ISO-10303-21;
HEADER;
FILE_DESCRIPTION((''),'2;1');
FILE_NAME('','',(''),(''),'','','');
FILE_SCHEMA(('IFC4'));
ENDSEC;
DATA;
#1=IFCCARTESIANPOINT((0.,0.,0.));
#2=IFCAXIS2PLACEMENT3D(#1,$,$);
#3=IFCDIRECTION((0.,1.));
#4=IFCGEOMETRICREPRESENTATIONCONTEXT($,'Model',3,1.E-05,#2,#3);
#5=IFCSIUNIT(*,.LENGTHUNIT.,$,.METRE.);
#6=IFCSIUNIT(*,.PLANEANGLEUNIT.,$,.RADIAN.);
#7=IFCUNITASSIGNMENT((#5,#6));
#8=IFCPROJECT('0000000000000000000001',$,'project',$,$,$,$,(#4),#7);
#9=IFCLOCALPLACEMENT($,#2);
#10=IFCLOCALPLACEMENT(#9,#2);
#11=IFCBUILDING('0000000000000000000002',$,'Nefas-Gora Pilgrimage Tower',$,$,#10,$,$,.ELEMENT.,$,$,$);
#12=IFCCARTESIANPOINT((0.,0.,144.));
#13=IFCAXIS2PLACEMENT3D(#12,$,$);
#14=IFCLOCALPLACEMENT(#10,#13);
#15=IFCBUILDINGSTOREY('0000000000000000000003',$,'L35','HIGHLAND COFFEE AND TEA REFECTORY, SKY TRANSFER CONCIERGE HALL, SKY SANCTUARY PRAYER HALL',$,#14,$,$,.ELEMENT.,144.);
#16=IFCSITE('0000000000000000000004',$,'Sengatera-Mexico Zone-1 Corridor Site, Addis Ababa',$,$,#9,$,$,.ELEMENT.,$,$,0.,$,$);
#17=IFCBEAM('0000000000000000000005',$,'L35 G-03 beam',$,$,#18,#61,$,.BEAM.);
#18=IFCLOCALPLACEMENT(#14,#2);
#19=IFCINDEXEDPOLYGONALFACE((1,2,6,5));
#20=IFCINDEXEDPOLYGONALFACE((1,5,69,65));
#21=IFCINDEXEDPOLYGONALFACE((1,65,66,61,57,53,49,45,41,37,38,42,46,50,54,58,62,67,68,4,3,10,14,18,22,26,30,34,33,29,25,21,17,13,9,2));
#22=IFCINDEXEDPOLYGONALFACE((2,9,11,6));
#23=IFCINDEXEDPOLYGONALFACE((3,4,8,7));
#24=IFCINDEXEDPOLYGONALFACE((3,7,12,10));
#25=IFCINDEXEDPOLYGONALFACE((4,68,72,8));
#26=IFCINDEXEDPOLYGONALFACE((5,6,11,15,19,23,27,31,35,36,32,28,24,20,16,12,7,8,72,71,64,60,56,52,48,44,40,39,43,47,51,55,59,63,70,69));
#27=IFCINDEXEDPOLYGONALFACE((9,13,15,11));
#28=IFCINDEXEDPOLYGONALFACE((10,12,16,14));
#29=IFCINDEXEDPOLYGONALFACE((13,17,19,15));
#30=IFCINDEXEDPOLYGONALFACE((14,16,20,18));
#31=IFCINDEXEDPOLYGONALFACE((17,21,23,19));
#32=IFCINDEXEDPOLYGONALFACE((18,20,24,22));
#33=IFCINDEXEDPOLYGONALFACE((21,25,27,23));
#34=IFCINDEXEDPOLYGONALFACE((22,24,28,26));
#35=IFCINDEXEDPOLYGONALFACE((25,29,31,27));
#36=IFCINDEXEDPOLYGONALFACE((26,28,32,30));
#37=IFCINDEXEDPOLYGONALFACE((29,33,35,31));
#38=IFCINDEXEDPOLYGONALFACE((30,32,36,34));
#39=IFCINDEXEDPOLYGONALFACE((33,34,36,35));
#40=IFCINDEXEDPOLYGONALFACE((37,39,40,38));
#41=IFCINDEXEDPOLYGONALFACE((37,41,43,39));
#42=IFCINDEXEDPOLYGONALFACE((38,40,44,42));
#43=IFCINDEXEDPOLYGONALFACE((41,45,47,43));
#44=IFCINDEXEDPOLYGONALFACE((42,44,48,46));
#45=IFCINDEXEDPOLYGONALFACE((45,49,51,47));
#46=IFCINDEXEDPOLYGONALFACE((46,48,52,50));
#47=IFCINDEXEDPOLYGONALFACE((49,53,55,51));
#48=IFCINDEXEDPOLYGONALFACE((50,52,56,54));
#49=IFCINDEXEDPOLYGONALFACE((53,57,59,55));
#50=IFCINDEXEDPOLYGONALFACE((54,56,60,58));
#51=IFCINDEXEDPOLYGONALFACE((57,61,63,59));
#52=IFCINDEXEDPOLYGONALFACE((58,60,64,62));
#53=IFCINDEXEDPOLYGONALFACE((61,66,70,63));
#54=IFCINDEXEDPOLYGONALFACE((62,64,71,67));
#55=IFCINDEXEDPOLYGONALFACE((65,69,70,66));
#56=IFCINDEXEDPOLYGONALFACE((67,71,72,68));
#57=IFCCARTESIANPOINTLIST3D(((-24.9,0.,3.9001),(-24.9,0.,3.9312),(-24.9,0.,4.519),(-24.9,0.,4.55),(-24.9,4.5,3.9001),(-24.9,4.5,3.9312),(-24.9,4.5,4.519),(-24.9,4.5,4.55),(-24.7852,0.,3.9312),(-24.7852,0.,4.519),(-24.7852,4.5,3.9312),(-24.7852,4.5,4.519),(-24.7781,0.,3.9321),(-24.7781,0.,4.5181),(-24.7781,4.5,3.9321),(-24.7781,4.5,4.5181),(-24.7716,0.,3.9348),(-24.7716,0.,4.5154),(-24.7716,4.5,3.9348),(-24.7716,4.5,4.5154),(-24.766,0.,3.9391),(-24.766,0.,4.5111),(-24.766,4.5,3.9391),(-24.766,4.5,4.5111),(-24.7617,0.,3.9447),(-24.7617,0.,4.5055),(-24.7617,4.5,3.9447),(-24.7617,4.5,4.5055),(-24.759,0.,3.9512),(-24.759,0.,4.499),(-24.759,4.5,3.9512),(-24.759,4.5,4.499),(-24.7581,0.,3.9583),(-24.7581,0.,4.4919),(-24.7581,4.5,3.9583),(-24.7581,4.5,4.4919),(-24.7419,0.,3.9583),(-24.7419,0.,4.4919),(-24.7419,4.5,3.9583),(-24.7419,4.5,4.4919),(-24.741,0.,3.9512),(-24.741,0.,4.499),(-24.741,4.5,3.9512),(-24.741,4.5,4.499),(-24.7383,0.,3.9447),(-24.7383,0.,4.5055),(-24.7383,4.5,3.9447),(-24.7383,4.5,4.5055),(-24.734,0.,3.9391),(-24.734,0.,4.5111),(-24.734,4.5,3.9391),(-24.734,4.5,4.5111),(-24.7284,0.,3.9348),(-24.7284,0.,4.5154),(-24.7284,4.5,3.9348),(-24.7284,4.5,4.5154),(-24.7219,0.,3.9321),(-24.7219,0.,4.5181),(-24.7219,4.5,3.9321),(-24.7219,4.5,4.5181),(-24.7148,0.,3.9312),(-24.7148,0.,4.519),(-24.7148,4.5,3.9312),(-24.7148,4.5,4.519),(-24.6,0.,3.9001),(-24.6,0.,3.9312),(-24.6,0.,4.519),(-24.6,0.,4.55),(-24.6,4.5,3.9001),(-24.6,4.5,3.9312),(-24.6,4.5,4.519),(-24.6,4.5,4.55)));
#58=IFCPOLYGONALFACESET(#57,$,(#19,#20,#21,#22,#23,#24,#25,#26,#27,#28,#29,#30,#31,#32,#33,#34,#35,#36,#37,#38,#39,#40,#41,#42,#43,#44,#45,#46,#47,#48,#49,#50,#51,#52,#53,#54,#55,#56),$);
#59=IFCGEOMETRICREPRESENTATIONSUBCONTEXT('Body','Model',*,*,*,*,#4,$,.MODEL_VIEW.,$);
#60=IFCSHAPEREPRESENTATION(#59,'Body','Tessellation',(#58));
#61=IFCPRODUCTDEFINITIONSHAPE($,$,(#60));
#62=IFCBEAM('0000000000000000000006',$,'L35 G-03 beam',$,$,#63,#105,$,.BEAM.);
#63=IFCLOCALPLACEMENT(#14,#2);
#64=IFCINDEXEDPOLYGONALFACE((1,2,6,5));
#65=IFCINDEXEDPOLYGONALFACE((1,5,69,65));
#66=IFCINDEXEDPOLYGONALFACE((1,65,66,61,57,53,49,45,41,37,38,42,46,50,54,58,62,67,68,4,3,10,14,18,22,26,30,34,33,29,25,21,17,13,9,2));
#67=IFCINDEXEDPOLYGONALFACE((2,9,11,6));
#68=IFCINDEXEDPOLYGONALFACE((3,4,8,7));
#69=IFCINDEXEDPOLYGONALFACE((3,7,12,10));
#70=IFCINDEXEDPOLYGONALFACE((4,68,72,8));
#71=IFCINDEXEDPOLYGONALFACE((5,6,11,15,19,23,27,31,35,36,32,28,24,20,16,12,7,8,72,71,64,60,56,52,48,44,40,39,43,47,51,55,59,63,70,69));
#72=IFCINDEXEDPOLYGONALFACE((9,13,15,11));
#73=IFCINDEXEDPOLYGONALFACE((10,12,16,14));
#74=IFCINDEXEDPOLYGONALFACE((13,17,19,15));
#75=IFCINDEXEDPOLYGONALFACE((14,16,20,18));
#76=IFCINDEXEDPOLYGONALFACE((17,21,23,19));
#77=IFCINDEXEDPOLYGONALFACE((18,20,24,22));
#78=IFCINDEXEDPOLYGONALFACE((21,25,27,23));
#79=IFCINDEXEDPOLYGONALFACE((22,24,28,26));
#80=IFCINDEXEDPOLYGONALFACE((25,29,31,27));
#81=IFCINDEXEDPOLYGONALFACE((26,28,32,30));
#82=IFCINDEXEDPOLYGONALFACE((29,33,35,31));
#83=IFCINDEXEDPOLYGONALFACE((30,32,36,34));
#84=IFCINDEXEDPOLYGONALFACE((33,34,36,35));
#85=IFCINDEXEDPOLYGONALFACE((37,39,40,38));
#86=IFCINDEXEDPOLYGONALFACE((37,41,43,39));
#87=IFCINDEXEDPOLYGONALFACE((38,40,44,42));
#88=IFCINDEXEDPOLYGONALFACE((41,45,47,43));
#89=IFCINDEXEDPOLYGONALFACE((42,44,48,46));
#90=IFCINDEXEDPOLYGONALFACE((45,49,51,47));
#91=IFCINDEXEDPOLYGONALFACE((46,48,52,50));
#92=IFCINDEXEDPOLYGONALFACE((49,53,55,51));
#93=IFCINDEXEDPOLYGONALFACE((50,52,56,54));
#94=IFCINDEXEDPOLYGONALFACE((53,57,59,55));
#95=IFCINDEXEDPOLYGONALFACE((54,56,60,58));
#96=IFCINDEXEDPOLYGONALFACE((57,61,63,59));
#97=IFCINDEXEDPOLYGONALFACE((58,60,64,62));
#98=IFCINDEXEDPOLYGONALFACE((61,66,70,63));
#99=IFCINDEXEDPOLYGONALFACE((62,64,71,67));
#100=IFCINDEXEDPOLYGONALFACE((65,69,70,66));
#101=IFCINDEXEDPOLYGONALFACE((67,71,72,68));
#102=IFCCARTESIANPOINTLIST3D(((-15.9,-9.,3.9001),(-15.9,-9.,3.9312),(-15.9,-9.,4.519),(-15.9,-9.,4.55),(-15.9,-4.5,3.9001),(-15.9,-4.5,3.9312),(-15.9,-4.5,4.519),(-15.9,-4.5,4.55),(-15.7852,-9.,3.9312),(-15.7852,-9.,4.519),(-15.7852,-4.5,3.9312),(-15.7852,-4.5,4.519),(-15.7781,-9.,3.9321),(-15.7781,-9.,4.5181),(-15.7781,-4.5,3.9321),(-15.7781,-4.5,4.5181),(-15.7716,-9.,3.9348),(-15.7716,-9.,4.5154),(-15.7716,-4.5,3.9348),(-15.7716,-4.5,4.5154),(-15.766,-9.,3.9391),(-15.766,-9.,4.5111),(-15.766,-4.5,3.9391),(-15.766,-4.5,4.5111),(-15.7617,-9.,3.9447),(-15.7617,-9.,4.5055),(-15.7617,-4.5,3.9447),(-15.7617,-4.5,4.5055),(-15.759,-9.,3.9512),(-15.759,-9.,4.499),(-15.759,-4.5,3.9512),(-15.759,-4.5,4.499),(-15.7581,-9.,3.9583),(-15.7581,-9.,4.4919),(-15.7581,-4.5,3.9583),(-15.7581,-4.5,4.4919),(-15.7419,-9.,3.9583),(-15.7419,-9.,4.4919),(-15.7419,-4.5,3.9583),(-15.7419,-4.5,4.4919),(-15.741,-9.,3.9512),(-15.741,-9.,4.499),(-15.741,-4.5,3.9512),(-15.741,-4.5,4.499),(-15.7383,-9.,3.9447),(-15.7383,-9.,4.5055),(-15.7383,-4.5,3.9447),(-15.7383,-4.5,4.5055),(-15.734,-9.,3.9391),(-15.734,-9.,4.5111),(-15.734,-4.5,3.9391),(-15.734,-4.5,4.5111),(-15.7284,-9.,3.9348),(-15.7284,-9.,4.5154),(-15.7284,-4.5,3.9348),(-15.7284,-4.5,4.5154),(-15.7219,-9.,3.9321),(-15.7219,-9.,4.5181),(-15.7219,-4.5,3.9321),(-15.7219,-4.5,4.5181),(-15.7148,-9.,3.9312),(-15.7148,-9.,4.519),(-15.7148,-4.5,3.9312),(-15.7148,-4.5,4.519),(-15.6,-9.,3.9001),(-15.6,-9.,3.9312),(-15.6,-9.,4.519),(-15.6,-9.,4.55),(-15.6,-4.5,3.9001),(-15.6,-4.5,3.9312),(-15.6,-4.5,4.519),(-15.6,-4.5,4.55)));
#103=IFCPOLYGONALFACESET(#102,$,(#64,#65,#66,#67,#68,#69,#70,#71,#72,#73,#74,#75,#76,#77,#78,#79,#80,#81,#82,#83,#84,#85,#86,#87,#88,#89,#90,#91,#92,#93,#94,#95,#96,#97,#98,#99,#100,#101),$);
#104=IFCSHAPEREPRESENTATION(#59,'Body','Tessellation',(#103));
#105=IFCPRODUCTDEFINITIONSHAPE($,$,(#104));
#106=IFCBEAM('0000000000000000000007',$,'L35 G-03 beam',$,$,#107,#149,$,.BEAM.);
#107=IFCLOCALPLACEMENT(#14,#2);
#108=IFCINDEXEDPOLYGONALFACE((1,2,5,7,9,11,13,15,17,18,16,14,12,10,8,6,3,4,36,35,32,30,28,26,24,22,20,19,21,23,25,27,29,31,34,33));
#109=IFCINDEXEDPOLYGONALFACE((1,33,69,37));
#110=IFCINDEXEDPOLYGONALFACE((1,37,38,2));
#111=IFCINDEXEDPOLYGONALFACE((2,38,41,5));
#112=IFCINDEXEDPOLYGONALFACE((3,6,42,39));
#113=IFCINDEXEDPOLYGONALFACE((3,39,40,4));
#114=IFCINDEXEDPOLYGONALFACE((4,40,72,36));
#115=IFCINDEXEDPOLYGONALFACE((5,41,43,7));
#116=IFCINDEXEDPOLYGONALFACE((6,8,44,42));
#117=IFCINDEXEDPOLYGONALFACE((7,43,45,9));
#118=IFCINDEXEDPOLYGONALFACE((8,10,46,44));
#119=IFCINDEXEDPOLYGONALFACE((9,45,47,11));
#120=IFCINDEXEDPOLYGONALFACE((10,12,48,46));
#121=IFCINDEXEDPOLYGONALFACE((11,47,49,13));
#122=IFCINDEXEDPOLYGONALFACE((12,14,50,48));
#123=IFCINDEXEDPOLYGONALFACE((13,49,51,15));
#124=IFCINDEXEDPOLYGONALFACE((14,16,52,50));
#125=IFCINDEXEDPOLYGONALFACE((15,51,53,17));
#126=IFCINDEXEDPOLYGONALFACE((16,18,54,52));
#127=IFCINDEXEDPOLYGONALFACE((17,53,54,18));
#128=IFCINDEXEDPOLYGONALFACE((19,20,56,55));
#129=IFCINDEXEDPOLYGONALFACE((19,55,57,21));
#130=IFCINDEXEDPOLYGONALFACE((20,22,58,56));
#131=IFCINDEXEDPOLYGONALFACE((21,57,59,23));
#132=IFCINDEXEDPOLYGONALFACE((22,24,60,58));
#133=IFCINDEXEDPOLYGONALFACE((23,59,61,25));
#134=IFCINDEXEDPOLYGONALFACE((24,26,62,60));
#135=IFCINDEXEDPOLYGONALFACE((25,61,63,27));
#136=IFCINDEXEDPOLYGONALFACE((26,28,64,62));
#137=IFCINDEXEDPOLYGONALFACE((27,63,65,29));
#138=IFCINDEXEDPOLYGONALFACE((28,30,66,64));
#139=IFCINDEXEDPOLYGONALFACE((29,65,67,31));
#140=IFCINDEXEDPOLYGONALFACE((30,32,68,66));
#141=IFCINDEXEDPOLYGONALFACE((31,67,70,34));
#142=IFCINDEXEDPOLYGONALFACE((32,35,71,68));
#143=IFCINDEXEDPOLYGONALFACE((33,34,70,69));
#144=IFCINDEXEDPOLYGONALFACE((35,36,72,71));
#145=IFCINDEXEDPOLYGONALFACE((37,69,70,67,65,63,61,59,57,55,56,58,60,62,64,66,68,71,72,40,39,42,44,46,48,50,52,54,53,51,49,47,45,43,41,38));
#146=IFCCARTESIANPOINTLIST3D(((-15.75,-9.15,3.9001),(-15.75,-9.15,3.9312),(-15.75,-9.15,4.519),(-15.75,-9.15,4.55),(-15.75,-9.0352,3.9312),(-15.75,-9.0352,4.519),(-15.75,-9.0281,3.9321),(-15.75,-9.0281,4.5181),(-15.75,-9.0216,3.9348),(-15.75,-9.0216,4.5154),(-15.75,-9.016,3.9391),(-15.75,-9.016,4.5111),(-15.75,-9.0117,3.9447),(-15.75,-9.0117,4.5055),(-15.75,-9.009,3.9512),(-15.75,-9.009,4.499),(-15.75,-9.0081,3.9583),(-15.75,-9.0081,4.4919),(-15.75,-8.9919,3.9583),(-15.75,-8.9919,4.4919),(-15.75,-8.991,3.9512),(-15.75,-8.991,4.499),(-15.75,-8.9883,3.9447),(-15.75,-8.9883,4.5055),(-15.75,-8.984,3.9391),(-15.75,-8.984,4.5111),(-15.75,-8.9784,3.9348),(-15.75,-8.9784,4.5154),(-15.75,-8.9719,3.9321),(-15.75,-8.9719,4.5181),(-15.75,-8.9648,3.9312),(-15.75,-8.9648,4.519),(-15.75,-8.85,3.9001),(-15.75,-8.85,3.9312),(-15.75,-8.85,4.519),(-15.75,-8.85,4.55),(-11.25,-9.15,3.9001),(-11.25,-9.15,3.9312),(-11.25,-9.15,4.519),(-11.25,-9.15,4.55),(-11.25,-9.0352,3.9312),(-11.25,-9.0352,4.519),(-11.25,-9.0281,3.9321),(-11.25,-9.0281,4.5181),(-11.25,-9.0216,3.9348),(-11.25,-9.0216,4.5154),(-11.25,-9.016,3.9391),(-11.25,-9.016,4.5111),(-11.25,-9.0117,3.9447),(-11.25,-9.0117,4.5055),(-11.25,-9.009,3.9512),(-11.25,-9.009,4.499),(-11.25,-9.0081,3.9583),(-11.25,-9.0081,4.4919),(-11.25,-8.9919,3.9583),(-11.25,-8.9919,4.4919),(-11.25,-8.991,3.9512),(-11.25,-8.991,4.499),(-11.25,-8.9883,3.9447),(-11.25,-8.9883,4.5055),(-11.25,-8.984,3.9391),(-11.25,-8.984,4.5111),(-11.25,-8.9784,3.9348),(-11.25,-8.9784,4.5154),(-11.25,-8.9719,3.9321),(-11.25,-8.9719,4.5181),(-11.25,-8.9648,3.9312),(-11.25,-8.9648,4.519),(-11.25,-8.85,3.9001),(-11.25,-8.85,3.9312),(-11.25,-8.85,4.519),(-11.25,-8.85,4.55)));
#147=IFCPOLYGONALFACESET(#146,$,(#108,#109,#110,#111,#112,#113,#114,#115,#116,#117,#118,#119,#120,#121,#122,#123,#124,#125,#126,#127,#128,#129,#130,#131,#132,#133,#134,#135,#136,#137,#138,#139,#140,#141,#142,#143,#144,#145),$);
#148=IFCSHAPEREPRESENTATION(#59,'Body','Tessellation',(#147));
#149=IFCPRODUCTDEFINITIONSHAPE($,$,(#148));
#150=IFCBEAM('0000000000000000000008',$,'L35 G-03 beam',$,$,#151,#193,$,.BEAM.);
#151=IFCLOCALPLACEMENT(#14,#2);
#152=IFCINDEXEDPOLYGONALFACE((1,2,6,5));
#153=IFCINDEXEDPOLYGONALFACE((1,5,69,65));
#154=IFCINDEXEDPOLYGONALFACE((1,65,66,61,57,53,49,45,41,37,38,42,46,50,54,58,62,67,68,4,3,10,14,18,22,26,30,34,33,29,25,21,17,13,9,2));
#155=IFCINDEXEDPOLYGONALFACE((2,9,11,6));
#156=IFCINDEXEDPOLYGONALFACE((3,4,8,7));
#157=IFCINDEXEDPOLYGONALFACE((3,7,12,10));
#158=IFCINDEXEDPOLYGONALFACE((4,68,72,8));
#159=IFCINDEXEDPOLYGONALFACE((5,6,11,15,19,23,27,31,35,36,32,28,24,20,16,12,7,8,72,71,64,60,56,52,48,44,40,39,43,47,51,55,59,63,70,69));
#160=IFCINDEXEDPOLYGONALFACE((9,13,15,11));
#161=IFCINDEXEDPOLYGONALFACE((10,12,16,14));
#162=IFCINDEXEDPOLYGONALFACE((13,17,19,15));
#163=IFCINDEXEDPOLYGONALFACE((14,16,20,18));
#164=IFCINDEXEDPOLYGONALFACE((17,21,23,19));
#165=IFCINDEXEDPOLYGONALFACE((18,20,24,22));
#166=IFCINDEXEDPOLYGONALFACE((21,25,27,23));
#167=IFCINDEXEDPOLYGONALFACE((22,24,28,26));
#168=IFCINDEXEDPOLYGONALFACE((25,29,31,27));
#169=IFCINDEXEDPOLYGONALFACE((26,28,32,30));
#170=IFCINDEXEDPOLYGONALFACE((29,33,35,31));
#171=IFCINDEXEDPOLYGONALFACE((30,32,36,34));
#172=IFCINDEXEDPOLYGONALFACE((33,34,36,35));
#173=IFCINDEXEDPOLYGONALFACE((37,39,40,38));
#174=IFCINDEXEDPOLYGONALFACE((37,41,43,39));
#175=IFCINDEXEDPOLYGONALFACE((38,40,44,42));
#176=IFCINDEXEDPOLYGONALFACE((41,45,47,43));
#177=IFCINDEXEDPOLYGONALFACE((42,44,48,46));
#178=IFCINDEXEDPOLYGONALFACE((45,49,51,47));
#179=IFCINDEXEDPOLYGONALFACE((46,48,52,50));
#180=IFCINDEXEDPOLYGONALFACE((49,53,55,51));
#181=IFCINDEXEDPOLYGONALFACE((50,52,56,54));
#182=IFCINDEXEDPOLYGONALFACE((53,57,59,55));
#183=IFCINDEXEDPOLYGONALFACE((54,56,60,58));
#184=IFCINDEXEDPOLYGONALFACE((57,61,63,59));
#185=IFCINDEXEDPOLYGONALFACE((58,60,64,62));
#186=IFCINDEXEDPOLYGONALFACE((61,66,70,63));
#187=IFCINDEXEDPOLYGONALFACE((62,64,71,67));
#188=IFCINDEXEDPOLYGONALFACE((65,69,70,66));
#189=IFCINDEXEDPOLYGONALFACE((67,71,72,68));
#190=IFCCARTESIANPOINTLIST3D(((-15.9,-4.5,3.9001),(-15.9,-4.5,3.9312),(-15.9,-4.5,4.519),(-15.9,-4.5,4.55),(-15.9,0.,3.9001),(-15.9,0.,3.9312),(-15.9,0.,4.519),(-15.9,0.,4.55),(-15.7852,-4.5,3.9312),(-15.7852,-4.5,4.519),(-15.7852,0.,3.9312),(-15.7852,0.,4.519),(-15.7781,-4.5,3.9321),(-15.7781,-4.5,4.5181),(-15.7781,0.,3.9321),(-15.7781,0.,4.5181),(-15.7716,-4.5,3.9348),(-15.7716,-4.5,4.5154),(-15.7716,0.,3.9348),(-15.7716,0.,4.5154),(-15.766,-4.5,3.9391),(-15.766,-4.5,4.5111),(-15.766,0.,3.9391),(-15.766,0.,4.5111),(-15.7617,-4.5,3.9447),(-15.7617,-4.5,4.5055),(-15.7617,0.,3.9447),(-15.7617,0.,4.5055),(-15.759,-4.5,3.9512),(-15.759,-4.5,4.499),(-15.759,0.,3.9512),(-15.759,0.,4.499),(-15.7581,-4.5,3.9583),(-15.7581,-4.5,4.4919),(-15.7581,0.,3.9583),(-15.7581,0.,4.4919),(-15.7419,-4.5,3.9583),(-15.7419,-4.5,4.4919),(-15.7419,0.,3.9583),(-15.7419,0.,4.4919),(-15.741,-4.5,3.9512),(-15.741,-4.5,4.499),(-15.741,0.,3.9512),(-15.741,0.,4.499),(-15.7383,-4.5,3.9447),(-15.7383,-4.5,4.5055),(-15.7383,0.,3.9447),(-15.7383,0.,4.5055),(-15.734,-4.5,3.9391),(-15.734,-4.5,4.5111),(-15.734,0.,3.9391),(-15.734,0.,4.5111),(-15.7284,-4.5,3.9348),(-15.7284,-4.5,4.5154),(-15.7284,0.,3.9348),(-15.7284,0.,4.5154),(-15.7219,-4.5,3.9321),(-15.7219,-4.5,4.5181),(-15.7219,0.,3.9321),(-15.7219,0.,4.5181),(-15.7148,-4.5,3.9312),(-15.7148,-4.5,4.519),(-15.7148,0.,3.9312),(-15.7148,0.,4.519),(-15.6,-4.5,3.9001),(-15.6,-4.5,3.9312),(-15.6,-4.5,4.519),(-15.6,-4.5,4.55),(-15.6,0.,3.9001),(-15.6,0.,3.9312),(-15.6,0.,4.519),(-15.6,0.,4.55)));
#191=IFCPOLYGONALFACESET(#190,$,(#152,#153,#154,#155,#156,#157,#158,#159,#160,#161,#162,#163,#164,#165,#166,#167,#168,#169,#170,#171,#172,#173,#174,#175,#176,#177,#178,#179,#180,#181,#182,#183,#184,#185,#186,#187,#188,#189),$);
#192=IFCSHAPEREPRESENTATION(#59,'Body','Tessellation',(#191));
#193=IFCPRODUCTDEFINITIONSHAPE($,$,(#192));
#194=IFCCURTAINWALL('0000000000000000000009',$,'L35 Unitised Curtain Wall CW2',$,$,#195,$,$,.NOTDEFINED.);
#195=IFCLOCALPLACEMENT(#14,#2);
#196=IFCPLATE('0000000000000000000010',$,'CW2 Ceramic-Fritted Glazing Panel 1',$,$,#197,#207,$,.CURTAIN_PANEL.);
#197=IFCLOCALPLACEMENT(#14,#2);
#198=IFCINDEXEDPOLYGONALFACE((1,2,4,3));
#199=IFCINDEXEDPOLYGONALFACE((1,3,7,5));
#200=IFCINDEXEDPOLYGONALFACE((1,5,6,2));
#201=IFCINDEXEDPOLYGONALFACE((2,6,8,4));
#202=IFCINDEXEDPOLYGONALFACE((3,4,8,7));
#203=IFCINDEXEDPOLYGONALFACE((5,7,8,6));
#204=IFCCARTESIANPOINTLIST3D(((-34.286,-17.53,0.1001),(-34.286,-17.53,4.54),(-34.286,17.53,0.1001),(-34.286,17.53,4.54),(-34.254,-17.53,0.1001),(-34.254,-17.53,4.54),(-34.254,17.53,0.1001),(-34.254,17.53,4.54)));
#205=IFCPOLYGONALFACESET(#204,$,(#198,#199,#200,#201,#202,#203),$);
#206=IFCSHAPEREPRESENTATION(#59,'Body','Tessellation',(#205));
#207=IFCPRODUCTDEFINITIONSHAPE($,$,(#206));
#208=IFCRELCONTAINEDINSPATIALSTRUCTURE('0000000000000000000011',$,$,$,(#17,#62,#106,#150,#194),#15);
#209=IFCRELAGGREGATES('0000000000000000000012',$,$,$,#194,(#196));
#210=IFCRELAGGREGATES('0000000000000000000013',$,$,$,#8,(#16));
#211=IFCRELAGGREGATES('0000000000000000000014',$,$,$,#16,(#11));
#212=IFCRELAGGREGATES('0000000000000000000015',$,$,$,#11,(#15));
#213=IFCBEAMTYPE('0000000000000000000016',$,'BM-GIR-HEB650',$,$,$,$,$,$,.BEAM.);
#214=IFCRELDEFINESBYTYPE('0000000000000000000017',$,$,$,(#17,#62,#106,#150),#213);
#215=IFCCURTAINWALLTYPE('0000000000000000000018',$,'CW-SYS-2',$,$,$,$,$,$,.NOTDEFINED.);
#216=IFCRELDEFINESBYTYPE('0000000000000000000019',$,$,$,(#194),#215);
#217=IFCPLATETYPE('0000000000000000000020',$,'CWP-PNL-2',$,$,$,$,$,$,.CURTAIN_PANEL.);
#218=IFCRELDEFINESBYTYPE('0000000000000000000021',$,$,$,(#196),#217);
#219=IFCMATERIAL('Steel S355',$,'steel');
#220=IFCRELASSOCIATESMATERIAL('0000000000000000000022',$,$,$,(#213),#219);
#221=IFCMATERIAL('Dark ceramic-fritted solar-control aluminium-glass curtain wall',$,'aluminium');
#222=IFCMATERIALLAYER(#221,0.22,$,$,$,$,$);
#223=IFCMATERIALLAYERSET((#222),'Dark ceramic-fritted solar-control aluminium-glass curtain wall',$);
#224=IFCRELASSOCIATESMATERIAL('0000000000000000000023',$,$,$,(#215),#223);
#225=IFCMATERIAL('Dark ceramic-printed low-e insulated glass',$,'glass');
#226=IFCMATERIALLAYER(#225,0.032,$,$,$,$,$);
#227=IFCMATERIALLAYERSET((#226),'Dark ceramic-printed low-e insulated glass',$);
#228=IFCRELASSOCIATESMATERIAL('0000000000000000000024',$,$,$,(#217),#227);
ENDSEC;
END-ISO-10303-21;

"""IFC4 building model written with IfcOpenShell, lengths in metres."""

from ifc_helpers import new_model, si_unit, direction, frame, origin, origin_2d, place, context, subcontext, project, spatial, rectangle, i_section, extrude, source, transform, mapped, material, layer, layer_set, material_profile, profile_set, type_object, element, aggregate, save


model = new_model("IFC4")

# Units and contexts
model_context = context("Model", 3, precision=1e-05, world=origin(), true_north=direction((0.0, 1.0)))
body_context = subcontext(model_context, "Body", "Model", "MODEL_VIEW")
ifc_project = project(units=[si_unit("LENGTHUNIT", "METRE"), si_unit("PLANEANGLEUNIT", "RADIAN")], contexts=[model_context])

# Site, building, storey
site_placement = place(None, origin())
site = spatial("IfcSite", under=ifc_project, at=site_placement, Name="Sengatera-Mexico Zone-1 Corridor Site, Addis Ababa", CompositionType="ELEMENT", RefElevation=0.0)
building_placement = place(site_placement, origin())
building = spatial("IfcBuilding", under=site, at=building_placement, Name="Nefas-Gora Pilgrimage Tower", CompositionType="ELEMENT")
storey_placement = place(building_placement, frame((0.0, 0.0, 144.0)))
storey = spatial("IfcBuildingStorey", under=building, at=storey_placement, Name="L35", Description="HIGHLAND COFFEE AND TEA REFECTORY, SKY TRANSFER CONCIERGE HALL, SKY SANCTUARY PRAYER HALL", CompositionType="ELEMENT", Elevation=144.0)

# Beams
ifc_material_1 = material(Name="Steel S355", Category="steel")
ifc_material_profile_1 = material_profile(ifc_material_1, i_section(OverallWidth=0.3, OverallDepth=0.6499, WebThickness=0.0161, FlangeThickness=0.031, FilletRadius=0.0271, at=origin_2d()), Name="HEB 650")
ifc_profile_set_1 = profile_set([ifc_material_profile_1], Name="Steel S355")
beam_type_1 = type_object("IfcBeamType", Name="BM-GIR-HEB650", PredefinedType="BEAM", material=ifc_profile_set_1)
shared_shape_1 = source(origin(), body_context, "Body", "SweptSolid", [
    extrude(i_section(OverallWidth=0.3, OverallDepth=0.6499, WebThickness=0.0161, FlangeThickness=0.031, FilletRadius=0.0271, at=origin_2d()), origin(), (0.0, 0.0, 1.0), 4.5),
])
for number, where, z_axis, x_axis, name in (
    (1, (-24.75, 0.0, 4.2251), (0.0, 1.0, 0.0), (-1.0, 0.0, 0.0), "L35 G-03 beam"),
    (2, (-15.75, -9.0, 4.2251), (0.0, 1.0, 0.0), (-1.0, 0.0, 0.0), "L35 G-03 beam"),
    (3, (-15.75, -9.0, 4.2251), (1.0, 0.0, 0.0), (0.0, 1.0, 0.0), "L35 G-03 beam"),
    (4, (-15.75, -4.5, 4.2251), (0.0, 1.0, 0.0), (-1.0, 0.0, 0.0), "L35 G-03 beam"),
):
    element("IfcBeam", number, at=place(storey_placement, frame(where, z_axis=z_axis, x_axis=x_axis)), inside=storey, type_object=beam_type_1, Name=name, PredefinedType="BEAM", context=body_context, shape_type="MappedRepresentation", body=[
        mapped(shared_shape_1, transform((0.0, 0.0, 0.0), x_axis=(1.0, 0.0, 0.0), y_axis=(0.0, 1.0, 0.0), z_axis=(0.0, 0.0, 1.0), scale=1.0)),
    ])

# Curtain wall, plate
ifc_material_2 = material(Name="Dark ceramic-fritted solar-control aluminium-glass curtain wall", Category="aluminium")
ifc_layer_1 = layer(ifc_material_2, 0.22)
ifc_layer_set_1 = layer_set([ifc_layer_1], Name="Dark ceramic-fritted solar-control aluminium-glass curtain wall")
curtain_wall_type = type_object("IfcCurtainWallType", Name="CW-SYS-2", PredefinedType="NOTDEFINED", material=ifc_layer_set_1)
curtain_wall_placement = place(storey_placement, origin())
curtain_wall = element("IfcCurtainWall", 5, at=curtain_wall_placement, inside=storey, type_object=curtain_wall_type, Name="L35 Unitised Curtain Wall CW2", PredefinedType="NOTDEFINED")
ifc_material_3 = material(Name="Dark ceramic-printed low-e insulated glass", Category="glass")
ifc_layer_2 = layer(ifc_material_3, 0.032)
ifc_layer_set_2 = layer_set([ifc_layer_2], Name="Dark ceramic-printed low-e insulated glass")
plate_type = type_object("IfcPlateType", Name="CWP-PNL-2", PredefinedType="CURTAIN_PANEL", material=ifc_layer_set_2)
shared_shape_2 = source(origin(), body_context, "Body", "SweptSolid", [
    extrude(rectangle(XDim=35.0601, YDim=0.032, at=origin_2d()), origin(), (0.0, 0.0, 1.0), 4.4399),
])
plate_placement = place(storey_placement, frame((-34.27, 0.0, 0.1001), z_axis=(0.0, 0.0, 1.0), x_axis=(0.0, -1.0, 0.0)))
plate = element("IfcPlate", 6, at=plate_placement, type_object=plate_type, Name="CW2 Ceramic-Fritted Glazing Panel 1", PredefinedType="CURTAIN_PANEL", context=body_context, shape_type="MappedRepresentation", body=[
    mapped(shared_shape_2, transform((0.0, 0.0, 0.0), x_axis=(1.0, 0.0, 0.0), y_axis=(0.0, 1.0, 0.0), z_axis=(0.0, 0.0, 1.0), scale=1.0)),
])
aggregate(curtain_wall, [plate])

save(model, "model.ifc")
